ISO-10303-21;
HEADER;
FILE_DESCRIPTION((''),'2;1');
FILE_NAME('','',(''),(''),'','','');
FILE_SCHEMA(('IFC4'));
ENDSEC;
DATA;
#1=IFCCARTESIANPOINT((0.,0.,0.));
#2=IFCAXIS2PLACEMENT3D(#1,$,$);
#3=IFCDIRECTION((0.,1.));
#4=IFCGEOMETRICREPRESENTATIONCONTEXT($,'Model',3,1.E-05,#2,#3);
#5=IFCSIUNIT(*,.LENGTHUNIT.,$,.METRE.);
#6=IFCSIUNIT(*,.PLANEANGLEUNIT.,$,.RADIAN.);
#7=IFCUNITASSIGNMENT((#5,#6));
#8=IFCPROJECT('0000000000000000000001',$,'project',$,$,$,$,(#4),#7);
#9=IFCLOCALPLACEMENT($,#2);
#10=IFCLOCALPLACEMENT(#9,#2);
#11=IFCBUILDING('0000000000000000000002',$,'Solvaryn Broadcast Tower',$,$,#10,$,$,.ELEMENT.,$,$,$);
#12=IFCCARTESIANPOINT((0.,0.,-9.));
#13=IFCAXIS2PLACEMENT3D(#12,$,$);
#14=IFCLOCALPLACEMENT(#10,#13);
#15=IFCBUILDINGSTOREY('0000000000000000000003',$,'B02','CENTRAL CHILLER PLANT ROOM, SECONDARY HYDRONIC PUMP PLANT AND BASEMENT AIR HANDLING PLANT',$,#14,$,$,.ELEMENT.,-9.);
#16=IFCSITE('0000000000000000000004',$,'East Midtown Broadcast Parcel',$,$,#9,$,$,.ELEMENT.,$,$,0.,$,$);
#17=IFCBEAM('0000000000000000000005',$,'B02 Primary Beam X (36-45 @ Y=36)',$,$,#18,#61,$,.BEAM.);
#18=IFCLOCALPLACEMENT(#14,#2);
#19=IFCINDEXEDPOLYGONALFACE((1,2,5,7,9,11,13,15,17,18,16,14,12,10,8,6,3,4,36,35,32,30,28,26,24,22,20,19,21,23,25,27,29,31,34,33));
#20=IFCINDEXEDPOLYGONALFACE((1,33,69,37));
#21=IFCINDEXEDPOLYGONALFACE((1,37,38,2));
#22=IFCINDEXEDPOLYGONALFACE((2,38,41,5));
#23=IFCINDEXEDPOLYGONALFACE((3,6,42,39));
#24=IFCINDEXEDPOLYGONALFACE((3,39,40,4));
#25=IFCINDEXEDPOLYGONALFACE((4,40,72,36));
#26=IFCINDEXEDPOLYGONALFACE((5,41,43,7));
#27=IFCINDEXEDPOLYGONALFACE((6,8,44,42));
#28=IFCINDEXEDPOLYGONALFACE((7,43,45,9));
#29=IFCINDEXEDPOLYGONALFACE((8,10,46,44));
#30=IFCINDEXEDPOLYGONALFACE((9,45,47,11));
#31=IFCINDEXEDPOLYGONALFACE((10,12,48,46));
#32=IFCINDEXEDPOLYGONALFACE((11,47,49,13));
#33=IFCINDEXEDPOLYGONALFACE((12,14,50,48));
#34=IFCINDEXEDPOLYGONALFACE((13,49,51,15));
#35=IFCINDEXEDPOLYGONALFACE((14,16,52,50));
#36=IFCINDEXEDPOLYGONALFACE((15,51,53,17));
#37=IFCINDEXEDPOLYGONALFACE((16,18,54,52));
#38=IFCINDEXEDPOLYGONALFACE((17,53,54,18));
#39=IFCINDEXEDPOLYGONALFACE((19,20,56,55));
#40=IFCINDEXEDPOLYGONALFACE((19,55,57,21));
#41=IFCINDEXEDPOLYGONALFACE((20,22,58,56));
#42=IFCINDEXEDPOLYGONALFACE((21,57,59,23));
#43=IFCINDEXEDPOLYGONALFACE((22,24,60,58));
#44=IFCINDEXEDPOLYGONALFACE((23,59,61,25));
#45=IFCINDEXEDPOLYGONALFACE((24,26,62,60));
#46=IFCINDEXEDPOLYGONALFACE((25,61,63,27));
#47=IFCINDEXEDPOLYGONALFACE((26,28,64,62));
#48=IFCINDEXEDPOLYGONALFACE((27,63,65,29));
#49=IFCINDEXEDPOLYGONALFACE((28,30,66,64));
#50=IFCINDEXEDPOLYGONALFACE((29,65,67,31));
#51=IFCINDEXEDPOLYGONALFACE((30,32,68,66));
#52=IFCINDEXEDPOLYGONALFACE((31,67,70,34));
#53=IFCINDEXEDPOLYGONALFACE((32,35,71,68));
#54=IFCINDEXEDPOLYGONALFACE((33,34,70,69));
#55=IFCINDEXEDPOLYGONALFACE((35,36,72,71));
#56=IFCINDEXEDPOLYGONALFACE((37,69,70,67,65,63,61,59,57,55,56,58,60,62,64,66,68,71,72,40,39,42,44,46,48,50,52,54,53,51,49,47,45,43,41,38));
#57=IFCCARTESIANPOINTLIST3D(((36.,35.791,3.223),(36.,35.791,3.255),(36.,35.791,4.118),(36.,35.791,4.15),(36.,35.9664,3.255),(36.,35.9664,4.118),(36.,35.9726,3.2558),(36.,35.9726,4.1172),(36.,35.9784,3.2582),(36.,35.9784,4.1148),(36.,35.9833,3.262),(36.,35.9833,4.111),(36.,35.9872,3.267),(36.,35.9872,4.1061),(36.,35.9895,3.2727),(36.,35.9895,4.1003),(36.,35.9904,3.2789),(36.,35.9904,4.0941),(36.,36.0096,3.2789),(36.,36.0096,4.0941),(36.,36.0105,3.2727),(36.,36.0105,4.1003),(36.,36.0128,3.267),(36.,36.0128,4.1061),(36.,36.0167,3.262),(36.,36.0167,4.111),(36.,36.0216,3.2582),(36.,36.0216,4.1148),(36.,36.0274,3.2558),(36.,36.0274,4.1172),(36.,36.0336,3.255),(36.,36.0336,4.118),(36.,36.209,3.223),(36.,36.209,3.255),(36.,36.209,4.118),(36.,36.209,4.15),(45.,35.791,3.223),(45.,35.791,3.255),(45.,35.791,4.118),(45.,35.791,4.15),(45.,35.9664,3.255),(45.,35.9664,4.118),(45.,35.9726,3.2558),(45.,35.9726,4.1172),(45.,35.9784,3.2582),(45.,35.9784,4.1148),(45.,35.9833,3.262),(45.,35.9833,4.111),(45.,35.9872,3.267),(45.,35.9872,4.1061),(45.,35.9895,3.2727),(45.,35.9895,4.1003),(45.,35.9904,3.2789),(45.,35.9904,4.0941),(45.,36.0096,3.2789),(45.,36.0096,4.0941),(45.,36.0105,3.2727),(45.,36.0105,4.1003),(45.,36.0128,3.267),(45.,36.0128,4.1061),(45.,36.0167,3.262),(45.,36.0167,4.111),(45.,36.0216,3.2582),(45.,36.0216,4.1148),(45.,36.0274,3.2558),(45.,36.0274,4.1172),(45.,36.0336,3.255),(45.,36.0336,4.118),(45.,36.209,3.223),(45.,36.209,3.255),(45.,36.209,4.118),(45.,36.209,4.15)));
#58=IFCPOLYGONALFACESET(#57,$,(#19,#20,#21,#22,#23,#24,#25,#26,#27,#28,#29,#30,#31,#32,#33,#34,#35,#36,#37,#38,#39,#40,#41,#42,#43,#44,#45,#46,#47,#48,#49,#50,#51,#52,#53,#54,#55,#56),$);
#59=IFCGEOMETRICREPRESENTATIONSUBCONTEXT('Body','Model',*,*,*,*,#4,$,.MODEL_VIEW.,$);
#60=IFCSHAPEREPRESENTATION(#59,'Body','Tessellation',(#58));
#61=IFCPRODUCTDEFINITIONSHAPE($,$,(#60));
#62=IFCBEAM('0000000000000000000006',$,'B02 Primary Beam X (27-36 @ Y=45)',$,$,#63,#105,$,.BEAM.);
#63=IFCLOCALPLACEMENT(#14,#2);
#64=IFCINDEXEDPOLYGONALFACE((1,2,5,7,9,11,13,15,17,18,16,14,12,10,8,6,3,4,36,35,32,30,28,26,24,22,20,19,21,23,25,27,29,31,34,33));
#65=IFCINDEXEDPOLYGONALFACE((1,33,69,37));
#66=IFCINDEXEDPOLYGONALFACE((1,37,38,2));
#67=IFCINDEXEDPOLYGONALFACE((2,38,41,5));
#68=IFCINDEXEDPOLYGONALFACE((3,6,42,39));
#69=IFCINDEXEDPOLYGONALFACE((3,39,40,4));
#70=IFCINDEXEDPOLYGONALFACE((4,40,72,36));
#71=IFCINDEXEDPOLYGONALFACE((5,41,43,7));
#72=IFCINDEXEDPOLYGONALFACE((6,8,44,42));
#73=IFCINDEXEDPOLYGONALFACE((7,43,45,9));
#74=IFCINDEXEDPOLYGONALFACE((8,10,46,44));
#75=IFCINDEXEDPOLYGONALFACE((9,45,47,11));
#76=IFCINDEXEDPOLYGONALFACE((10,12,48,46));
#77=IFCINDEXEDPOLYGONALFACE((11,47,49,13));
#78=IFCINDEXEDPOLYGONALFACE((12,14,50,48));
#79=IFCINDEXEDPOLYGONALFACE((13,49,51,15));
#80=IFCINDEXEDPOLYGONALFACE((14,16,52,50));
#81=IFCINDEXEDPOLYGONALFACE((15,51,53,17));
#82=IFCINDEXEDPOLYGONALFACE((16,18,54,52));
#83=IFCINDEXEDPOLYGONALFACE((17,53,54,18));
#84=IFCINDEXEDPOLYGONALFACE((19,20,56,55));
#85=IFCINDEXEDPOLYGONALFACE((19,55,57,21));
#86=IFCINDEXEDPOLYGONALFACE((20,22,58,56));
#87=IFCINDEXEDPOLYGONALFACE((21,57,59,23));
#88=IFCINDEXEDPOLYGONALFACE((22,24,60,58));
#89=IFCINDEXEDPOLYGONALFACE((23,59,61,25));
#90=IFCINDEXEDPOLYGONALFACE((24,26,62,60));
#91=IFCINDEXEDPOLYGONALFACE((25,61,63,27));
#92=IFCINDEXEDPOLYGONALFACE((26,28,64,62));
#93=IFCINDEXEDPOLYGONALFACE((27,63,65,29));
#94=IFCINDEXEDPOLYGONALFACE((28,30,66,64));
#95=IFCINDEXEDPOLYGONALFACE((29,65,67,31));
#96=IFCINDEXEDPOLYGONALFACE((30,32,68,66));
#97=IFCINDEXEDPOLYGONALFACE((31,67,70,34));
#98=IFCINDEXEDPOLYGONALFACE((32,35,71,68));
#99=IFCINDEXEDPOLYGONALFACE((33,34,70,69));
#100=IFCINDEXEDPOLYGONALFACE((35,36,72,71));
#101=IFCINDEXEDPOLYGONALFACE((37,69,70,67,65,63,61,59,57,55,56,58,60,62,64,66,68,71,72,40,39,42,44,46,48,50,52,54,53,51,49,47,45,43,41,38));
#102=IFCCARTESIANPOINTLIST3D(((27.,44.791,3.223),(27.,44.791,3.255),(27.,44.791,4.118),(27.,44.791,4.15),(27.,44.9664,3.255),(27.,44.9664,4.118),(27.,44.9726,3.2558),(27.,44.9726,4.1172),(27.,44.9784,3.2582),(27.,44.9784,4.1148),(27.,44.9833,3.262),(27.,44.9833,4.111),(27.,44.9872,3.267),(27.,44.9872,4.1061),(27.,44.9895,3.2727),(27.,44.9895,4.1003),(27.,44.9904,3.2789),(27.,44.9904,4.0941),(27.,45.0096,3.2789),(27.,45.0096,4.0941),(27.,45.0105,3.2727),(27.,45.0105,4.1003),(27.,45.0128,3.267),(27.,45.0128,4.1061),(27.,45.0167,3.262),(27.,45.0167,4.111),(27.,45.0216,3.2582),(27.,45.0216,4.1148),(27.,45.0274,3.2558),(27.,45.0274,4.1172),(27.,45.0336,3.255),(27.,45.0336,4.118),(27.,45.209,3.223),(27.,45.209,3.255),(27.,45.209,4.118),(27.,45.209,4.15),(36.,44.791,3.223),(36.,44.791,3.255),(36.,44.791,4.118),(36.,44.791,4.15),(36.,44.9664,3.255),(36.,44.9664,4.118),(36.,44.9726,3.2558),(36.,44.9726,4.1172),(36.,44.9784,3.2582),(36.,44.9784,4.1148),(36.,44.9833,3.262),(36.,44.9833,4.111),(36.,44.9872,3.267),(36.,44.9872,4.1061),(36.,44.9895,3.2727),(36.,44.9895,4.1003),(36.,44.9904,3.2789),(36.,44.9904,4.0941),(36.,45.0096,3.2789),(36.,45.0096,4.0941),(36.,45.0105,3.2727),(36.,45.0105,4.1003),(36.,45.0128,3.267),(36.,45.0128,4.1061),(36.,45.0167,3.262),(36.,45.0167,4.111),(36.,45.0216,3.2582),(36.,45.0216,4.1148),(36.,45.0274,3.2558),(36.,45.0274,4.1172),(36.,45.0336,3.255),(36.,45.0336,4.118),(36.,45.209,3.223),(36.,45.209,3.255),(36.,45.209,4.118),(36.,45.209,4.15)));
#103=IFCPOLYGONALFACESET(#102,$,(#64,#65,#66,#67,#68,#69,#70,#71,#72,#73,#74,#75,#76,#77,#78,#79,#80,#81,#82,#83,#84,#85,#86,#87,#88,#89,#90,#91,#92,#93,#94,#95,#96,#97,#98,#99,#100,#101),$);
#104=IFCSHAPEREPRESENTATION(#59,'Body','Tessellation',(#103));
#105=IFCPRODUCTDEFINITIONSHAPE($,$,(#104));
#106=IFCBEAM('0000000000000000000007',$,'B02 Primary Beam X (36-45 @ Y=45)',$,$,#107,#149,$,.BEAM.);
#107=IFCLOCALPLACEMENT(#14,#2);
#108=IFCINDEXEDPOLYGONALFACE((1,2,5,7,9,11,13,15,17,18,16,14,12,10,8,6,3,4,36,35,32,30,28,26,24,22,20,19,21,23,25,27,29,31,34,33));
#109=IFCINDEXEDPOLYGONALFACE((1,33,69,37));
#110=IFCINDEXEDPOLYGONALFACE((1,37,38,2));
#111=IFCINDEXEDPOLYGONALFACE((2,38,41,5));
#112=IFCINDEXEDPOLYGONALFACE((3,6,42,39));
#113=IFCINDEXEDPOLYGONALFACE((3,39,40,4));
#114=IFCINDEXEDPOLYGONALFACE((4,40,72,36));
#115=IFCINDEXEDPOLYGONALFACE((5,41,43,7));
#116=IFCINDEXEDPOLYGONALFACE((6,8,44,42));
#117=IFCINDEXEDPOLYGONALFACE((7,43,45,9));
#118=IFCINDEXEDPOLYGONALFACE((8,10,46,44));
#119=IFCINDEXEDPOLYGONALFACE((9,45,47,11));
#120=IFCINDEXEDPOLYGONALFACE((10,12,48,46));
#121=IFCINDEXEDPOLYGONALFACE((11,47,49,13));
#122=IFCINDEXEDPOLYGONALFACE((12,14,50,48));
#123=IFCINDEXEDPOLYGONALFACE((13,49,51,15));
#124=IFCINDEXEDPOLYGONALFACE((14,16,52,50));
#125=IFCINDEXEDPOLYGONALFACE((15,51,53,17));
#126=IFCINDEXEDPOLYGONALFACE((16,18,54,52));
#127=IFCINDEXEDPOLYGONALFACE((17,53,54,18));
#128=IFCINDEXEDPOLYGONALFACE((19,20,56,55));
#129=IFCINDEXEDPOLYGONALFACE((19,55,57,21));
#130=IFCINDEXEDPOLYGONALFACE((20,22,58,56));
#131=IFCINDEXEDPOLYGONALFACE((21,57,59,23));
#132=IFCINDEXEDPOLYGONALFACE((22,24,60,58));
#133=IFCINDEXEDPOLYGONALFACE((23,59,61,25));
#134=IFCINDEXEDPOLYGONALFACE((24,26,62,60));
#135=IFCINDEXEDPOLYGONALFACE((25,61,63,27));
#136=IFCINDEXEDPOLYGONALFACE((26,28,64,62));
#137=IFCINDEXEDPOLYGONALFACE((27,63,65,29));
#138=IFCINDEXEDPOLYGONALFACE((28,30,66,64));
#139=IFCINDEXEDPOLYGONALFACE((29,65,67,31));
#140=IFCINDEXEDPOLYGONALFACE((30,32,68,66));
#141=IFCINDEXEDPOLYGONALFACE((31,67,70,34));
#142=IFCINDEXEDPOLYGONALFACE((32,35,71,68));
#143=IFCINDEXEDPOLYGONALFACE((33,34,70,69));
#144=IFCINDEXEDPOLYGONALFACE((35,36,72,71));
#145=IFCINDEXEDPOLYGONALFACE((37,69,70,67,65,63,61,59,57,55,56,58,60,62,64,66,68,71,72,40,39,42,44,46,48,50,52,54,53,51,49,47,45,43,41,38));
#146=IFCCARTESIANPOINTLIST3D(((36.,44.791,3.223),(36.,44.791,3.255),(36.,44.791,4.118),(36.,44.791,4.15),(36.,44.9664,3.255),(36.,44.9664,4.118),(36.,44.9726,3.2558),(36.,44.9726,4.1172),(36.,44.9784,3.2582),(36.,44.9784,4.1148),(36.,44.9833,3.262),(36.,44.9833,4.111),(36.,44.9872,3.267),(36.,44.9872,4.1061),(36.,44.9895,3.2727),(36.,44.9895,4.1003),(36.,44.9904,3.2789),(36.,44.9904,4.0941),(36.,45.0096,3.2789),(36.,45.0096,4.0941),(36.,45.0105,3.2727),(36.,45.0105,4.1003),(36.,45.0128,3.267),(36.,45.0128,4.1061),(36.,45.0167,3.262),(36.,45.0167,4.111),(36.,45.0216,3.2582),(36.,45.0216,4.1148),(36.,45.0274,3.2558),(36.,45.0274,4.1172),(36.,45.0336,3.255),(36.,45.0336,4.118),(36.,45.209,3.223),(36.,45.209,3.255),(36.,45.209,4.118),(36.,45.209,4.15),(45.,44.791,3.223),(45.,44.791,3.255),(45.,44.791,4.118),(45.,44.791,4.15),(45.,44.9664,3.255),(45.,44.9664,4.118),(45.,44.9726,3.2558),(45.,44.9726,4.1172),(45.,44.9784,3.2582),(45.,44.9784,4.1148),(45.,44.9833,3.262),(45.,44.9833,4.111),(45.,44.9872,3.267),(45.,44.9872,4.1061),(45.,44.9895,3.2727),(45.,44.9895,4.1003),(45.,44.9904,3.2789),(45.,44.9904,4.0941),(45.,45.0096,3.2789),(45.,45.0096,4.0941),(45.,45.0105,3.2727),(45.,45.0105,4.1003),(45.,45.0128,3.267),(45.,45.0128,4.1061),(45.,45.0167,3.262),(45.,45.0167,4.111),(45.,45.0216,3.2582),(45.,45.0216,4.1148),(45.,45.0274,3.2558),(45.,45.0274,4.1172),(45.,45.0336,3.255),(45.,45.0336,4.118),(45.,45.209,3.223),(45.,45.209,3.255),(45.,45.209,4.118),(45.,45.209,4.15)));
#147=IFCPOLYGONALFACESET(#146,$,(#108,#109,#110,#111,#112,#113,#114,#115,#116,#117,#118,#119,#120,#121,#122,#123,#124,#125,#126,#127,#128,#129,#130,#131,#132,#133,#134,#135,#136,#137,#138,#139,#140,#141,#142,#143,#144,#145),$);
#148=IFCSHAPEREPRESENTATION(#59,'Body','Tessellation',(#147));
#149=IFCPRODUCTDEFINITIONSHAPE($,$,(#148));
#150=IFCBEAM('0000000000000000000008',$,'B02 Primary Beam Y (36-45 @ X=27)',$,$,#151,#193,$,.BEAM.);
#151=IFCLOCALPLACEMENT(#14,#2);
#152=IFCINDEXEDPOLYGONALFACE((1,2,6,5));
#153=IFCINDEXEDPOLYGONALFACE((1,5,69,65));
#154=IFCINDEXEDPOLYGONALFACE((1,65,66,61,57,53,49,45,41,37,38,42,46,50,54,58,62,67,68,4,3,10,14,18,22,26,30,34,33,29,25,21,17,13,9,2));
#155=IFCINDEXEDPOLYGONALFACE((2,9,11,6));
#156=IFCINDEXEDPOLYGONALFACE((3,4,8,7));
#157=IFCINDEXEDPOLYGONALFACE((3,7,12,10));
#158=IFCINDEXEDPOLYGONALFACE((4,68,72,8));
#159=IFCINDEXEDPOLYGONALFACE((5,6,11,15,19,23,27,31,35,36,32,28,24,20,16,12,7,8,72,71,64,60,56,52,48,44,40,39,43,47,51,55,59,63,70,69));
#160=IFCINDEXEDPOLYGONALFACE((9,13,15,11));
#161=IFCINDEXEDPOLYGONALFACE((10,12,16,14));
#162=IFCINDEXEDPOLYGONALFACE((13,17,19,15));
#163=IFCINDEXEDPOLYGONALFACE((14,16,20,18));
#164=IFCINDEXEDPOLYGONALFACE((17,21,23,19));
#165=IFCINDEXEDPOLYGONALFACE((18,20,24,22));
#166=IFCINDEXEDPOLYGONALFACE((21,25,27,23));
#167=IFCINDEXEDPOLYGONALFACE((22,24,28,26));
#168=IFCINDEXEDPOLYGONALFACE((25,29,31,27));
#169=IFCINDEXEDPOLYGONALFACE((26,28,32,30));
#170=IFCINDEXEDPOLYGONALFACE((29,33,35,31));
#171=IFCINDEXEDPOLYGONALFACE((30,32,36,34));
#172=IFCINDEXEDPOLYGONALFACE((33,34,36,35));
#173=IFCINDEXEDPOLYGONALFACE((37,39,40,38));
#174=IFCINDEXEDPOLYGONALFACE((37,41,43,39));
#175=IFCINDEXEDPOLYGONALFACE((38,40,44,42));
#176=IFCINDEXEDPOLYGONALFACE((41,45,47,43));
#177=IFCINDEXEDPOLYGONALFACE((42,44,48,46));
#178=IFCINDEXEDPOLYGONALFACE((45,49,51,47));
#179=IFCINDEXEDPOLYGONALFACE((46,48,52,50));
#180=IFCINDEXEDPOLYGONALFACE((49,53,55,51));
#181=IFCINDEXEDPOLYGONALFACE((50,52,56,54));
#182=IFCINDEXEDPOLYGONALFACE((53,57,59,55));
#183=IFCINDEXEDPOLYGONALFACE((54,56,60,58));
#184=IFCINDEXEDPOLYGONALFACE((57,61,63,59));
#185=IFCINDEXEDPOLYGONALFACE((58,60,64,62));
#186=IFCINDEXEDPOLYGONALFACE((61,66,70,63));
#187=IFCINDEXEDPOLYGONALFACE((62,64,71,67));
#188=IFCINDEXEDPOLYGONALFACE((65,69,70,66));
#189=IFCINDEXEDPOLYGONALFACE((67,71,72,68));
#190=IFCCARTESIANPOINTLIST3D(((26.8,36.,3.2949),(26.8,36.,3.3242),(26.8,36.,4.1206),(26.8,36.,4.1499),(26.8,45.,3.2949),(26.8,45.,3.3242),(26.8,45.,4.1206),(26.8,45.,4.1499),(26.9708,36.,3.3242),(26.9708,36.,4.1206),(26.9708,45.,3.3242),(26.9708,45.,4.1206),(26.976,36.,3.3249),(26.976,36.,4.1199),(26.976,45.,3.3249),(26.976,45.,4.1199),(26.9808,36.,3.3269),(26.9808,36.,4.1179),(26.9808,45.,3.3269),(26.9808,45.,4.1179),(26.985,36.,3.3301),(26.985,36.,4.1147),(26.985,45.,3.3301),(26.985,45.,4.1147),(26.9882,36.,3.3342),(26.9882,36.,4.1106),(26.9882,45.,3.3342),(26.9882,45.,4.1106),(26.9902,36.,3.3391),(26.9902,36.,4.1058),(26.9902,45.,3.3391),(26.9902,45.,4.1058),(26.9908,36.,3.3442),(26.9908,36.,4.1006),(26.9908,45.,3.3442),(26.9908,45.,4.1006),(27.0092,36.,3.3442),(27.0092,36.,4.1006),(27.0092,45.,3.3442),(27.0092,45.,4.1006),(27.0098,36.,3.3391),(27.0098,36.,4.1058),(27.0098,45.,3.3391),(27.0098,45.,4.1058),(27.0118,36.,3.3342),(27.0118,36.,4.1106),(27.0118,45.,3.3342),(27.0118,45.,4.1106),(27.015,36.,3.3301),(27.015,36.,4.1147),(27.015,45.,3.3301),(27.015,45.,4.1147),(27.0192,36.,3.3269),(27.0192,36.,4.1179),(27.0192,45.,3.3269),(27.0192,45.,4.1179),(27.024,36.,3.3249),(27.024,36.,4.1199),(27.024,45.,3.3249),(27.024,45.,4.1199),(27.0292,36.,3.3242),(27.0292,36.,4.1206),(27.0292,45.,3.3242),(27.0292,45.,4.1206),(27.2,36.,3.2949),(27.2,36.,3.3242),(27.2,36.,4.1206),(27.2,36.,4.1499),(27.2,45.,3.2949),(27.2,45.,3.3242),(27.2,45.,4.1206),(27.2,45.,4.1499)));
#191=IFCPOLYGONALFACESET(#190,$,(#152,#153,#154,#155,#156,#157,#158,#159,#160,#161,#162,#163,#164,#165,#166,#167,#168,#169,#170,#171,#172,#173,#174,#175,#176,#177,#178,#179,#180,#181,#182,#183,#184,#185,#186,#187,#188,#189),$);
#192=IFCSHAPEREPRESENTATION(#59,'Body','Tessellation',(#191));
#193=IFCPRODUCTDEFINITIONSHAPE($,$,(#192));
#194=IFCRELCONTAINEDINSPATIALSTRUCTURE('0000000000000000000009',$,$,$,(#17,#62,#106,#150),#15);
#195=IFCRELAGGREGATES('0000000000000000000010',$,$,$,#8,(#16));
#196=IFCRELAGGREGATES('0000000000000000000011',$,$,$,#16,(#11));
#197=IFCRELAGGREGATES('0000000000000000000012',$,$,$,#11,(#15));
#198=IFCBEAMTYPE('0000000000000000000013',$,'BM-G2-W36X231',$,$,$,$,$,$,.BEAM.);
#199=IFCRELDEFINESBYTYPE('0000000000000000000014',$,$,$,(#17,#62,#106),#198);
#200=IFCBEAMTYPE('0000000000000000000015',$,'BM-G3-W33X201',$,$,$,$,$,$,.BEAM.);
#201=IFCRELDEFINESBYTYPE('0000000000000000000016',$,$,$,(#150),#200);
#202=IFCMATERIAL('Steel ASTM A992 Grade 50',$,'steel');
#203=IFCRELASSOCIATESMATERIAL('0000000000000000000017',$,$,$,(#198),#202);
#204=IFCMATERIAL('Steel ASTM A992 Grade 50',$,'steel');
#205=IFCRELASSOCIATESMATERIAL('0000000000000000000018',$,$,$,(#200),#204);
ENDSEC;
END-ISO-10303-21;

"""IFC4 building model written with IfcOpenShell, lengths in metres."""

from ifc_helpers import new_model, si_unit, direction, frame, origin, origin_2d, place, context, subcontext, project, spatial, i_section, extrude, material, material_profile, profile_set, type_object, element, save


model = new_model("IFC4")

# Units and contexts
model_context = context("Model", 3, precision=1e-05, world=origin(), true_north=direction((0.0, 1.0)))
body_context = subcontext(model_context, "Body", "Model", "MODEL_VIEW")
ifc_project = project(units=[si_unit("LENGTHUNIT", "METRE"), si_unit("PLANEANGLEUNIT", "RADIAN")], contexts=[model_context])

# Site, building, storey
site_placement = place(None, origin())
site = spatial("IfcSite", under=ifc_project, at=site_placement, Name="East Midtown Broadcast Parcel", CompositionType="ELEMENT", RefElevation=0.0)
building_placement = place(site_placement, origin())
building = spatial("IfcBuilding", under=site, at=building_placement, Name="Solvaryn Broadcast Tower", CompositionType="ELEMENT")
storey_placement = place(building_placement, frame((0.0, 0.0, -9.0)))
storey = spatial("IfcBuildingStorey", under=building, at=storey_placement, Name="B02", Description="CENTRAL CHILLER PLANT ROOM, SECONDARY HYDRONIC PUMP PLANT AND BASEMENT AIR HANDLING PLANT", CompositionType="ELEMENT", Elevation=-9.0)

# Beams
ifc_material_1 = material(Name="Steel ASTM A992 Grade 50", Category="steel")
ifc_material_profile_1 = material_profile(ifc_material_1, i_section(OverallWidth=0.418, OverallDepth=0.927, WebThickness=0.0193, FlangeThickness=0.032, FilletRadius=0.0239, at=origin_2d()))
ifc_profile_set_1 = profile_set([ifc_material_profile_1], Name="Steel ASTM A992 Grade 50")
beam_type_1 = type_object("IfcBeamType", Name="BM-G2-W36X231", PredefinedType="BEAM", material=ifc_profile_set_1)
for number, where, z_axis, x_axis, name in (
    (1, (36.0, 36.0, 3.6865), (1.0, 0.0, 0.0), (0.0, 1.0, 0.0), "B02 Primary Beam X (36-45 @ Y=36)"),
    (2, (27.0, 45.0, 3.6865), (1.0, 0.0, 0.0), (0.0, 1.0, 0.0), "B02 Primary Beam X (27-36 @ Y=45)"),
    (3, (36.0, 45.0, 3.6865), (1.0, 0.0, 0.0), (0.0, 1.0, 0.0), "B02 Primary Beam X (36-45 @ Y=45)"),
):
    element("IfcBeam", number, at=place(storey_placement, frame(where, z_axis=z_axis, x_axis=x_axis)), inside=storey, type_object=beam_type_1, Name=name, PredefinedType="BEAM", context=body_context, shape_type="SweptSolid", body=[
        extrude(i_section(OverallWidth=0.418, OverallDepth=0.927, WebThickness=0.0193, FlangeThickness=0.032, FilletRadius=0.0239, at=origin_2d()), origin(), (0.0, 0.0, 1.0), 9.0),
    ])
ifc_material_2 = material(Name="Steel ASTM A992 Grade 50", Category="steel")
ifc_material_profile_2 = material_profile(ifc_material_2, i_section(OverallWidth=0.3999, OverallDepth=0.855, WebThickness=0.0183, FlangeThickness=0.0293, FilletRadius=0.02, at=origin_2d()))
ifc_profile_set_2 = profile_set([ifc_material_profile_2], Name="Steel ASTM A992 Grade 50")
beam_type_2 = type_object("IfcBeamType", Name="BM-G3-W33X201", PredefinedType="BEAM", material=ifc_profile_set_2)
for number, where, z_axis, x_axis, name in (
    (4, (27.0, 36.0, 3.7224), (0.0, 1.0, 0.0), (-1.0, 0.0, 0.0), "B02 Primary Beam Y (36-45 @ X=27)"),
):
    element("IfcBeam", number, at=place(storey_placement, frame(where, z_axis=z_axis, x_axis=x_axis)), inside=storey, type_object=beam_type_2, Name=name, PredefinedType="BEAM", context=body_context, shape_type="SweptSolid", body=[
        extrude(i_section(OverallWidth=0.3999, OverallDepth=0.855, WebThickness=0.0183, FlangeThickness=0.0293, FilletRadius=0.02, at=origin_2d()), origin(), (0.0, 0.0, 1.0), 9.0),
    ])

save(model, "model.ifc")
